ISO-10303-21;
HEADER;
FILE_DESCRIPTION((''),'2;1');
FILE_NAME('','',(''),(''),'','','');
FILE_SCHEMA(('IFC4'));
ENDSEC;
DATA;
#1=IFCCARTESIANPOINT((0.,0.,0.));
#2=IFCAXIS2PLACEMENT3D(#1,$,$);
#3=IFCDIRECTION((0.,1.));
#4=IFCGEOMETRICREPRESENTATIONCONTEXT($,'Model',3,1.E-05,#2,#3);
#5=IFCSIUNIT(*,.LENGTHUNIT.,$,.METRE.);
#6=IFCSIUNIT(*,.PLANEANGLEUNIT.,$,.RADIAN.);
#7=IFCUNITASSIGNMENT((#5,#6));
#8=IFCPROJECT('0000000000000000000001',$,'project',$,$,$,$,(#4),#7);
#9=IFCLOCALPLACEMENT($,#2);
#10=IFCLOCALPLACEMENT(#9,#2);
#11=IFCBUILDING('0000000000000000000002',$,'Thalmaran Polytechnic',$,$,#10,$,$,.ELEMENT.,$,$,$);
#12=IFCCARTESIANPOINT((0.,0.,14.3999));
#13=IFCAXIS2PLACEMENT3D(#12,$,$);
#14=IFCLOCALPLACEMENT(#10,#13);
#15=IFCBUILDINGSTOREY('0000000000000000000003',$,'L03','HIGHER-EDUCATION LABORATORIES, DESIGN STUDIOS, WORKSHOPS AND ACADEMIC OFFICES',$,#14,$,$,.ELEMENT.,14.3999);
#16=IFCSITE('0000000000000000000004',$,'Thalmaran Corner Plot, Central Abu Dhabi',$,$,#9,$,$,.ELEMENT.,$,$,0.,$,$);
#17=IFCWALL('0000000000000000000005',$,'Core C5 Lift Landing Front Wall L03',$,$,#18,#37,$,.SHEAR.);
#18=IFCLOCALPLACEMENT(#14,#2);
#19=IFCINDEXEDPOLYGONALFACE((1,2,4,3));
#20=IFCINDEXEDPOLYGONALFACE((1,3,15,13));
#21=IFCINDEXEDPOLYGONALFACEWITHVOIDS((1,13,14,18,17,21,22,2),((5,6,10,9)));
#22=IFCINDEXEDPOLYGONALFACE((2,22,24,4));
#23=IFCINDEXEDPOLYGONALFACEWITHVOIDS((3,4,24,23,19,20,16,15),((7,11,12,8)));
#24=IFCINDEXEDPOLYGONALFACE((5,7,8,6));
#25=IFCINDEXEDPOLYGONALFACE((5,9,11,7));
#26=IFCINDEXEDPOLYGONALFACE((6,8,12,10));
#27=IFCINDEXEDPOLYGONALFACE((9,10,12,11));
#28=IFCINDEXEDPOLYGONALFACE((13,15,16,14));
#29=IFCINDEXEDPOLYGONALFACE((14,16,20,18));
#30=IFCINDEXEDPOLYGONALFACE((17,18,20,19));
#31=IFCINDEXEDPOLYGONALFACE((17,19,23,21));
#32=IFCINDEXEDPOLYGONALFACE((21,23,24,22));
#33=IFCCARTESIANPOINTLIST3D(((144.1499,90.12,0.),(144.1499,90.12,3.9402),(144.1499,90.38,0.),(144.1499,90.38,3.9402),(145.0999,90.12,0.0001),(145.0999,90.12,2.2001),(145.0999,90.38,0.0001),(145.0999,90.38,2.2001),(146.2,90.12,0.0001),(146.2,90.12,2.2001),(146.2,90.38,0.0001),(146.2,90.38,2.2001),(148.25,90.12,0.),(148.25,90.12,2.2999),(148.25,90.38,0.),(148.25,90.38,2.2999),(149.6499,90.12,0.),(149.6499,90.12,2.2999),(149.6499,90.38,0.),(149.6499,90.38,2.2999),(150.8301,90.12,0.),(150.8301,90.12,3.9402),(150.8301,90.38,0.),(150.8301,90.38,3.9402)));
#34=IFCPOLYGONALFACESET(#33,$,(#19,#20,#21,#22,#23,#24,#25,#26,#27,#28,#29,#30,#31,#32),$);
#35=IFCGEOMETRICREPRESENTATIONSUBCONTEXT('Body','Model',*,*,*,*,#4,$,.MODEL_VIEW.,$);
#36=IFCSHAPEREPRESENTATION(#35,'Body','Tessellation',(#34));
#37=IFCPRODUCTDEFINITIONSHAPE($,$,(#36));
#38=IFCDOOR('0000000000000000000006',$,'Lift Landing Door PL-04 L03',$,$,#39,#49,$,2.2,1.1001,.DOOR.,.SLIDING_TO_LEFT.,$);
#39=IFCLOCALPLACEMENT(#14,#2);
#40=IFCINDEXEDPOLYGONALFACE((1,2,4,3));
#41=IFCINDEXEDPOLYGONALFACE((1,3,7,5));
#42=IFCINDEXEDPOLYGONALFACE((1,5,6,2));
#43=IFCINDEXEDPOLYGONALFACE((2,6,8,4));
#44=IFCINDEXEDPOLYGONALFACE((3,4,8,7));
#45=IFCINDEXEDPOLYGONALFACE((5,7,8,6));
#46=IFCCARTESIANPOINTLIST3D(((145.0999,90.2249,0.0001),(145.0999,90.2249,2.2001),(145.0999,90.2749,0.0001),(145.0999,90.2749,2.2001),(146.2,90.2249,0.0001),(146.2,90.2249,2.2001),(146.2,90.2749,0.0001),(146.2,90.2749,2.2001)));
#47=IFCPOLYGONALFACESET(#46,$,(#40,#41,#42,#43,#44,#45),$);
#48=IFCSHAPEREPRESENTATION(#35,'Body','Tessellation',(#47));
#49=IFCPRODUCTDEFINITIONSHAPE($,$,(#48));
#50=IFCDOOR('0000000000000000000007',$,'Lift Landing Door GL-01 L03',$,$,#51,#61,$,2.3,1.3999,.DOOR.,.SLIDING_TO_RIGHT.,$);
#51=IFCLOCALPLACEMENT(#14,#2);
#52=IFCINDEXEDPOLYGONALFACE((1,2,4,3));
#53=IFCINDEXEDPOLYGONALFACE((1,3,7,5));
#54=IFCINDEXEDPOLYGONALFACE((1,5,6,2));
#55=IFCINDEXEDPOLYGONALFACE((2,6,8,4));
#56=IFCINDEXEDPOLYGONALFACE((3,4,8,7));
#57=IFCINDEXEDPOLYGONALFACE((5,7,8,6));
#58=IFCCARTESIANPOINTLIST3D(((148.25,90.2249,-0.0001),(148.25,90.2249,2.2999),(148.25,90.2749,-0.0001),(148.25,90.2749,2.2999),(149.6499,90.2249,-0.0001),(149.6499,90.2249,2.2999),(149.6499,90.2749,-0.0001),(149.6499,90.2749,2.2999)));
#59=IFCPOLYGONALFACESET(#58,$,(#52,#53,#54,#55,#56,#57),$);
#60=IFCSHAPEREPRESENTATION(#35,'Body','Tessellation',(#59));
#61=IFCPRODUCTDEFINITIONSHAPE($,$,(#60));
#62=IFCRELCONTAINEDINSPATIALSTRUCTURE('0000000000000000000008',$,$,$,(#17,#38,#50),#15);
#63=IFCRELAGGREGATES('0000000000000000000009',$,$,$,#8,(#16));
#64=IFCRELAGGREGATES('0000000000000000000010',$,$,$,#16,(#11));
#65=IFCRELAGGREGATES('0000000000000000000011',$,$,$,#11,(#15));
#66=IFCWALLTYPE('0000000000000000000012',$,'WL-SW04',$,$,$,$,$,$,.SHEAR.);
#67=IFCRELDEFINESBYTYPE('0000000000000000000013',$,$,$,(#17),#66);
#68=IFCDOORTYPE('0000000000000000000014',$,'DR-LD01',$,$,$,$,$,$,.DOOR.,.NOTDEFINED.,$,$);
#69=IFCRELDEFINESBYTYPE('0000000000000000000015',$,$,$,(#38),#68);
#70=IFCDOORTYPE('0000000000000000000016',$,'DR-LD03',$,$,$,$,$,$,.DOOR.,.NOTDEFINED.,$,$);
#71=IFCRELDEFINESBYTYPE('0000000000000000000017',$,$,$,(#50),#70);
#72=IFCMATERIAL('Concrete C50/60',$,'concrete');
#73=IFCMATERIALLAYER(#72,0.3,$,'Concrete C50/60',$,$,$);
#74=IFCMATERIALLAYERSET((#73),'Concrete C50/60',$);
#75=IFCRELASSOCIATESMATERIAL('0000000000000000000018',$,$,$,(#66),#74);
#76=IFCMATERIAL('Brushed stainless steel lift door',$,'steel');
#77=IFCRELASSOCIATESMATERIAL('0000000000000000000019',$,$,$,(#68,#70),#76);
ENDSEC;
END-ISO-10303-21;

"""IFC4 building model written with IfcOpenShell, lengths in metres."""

from ifc_helpers import new_model, si_unit, direction, frame, frame_2d, origin, place, context, subcontext, project, spatial, rectangle, extrude, material, layer, layer_set, type_object, element, fill, save


model = new_model("IFC4")

# Units and contexts
model_context = context("Model", 3, precision=1e-05, world=origin(), true_north=direction((0.0, 1.0)))
body_context = subcontext(model_context, "Body", "Model", "MODEL_VIEW")
ifc_project = project(units=[si_unit("LENGTHUNIT", "METRE"), si_unit("PLANEANGLEUNIT", "RADIAN")], contexts=[model_context])

# Site, building, storey
site_placement = place(None, origin())
site = spatial("IfcSite", under=ifc_project, at=site_placement, Name="Thalmaran Corner Plot, Central Abu Dhabi", CompositionType="ELEMENT", RefElevation=0.0)
building_placement = place(site_placement, origin())
building = spatial("IfcBuilding", under=site, at=building_placement, Name="Thalmaran Polytechnic", CompositionType="ELEMENT")
storey_placement = place(building_placement, frame((0.0, 0.0, 14.3999)))
storey = spatial("IfcBuildingStorey", under=building, at=storey_placement, Name="L03", Description="HIGHER-EDUCATION LABORATORIES, DESIGN STUDIOS, WORKSHOPS AND ACADEMIC OFFICES", CompositionType="ELEMENT", Elevation=14.3999)

# Shared definitions
ifc_material_1 = material(Name="Concrete C50/60", Category="concrete")
ifc_layer_1 = layer(ifc_material_1, 0.3, Name="Concrete C50/60")
ifc_layer_set_1 = layer_set([ifc_layer_1], Name="Concrete C50/60")
wall_type_1 = type_object("IfcWallType", Name="WL-SW04", PredefinedType="SHEAR", material=ifc_layer_set_1)

# Wall, openings, doors
wall_1_placement = place(storey_placement, frame((144.1499, 90.25, 0.0), z_axis=(0.0, 0.0, 1.0), x_axis=(1.0, 0.0, 0.0)))
wall_1 = element("IfcWall", 1, at=wall_1_placement, inside=storey, type_object=wall_type_1, Name="Core C5 Lift Landing Front Wall L03", PredefinedType="SHEAR", context=body_context, shape_type="SweptSolid", body=[
    extrude(rectangle(XDim=6.6802, YDim=0.26, at=frame_2d((3.3401, 0.0))), origin(), (0.0, 0.0, 1.0), 3.9402),
])
opening_1_placement = place(wall_1_placement, frame((0.95, 0.0, 0.0)))
opening_1 = element("IfcOpeningElement", 2, at=opening_1_placement, cuts=wall_1, PredefinedType="OPENING", context=body_context, shape_type="SweptSolid", body=[
    extrude(rectangle(XDim=1.1001, YDim=2.2, at=frame_2d((0.55, 1.1001))), frame((0.0, 0.1399, 0.0), z_axis=(0.0, -1.0, 0.0), x_axis=(1.0, 0.0, 0.0)), (0.0, 0.0, 1.0), 0.28),
])
opening_2_placement = place(wall_1_placement, frame((4.1001, 0.0, 0.0)))
opening_2 = element("IfcOpeningElement", 3, at=opening_2_placement, cuts=wall_1, PredefinedType="OPENING", context=body_context, shape_type="SweptSolid", body=[
    extrude(rectangle(XDim=1.3999, YDim=2.3, at=frame_2d((0.7, 1.1499))), frame((0.0, 0.1399, 0.0), z_axis=(0.0, -1.0, 0.0), x_axis=(1.0, 0.0, 0.0)), (0.0, 0.0, 1.0), 0.28),
])
ifc_material_2 = material(Name="Brushed stainless steel lift door", Category="steel")
door_type_1 = type_object("IfcDoorType", Name="DR-LD01", OperationType="NOTDEFINED", PredefinedType="DOOR", material=ifc_material_2)
door_1_placement = place(opening_1_placement, origin())
door_1 = element("IfcDoor", 4, at=door_1_placement, inside=storey, type_object=door_type_1, Name="Lift Landing Door PL-04 L03", OperationType="SLIDING_TO_LEFT", OverallHeight=2.2, OverallWidth=1.1001, PredefinedType="DOOR", context=body_context, shape_type="SweptSolid", body=[
    extrude(rectangle(XDim=1.1001, YDim=2.2, at=frame_2d((0.55, 1.1001))), frame((0.0, 0.0249, 0.0), z_axis=(0.0, -1.0, 0.0), x_axis=(1.0, 0.0, 0.0)), (0.0, 0.0, 1.0), 0.05),
])
fill(opening_1, door_1)
door_type_2 = type_object("IfcDoorType", Name="DR-LD03", OperationType="NOTDEFINED", PredefinedType="DOOR", material=ifc_material_2)
door_2_placement = place(opening_2_placement, origin())
door_2 = element("IfcDoor", 5, at=door_2_placement, inside=storey, type_object=door_type_2, Name="Lift Landing Door GL-01 L03", OperationType="SLIDING_TO_RIGHT", OverallHeight=2.3, OverallWidth=1.3999, PredefinedType="DOOR", context=body_context, shape_type="SweptSolid", body=[
    extrude(rectangle(XDim=1.3999, YDim=2.3, at=frame_2d((0.7, 1.1499))), frame((0.0, 0.0249, 0.0), z_axis=(0.0, -1.0, 0.0), x_axis=(1.0, 0.0, 0.0)), (0.0, 0.0, 1.0), 0.05),
])
fill(opening_2, door_2)

save(model, "model.ifc")
